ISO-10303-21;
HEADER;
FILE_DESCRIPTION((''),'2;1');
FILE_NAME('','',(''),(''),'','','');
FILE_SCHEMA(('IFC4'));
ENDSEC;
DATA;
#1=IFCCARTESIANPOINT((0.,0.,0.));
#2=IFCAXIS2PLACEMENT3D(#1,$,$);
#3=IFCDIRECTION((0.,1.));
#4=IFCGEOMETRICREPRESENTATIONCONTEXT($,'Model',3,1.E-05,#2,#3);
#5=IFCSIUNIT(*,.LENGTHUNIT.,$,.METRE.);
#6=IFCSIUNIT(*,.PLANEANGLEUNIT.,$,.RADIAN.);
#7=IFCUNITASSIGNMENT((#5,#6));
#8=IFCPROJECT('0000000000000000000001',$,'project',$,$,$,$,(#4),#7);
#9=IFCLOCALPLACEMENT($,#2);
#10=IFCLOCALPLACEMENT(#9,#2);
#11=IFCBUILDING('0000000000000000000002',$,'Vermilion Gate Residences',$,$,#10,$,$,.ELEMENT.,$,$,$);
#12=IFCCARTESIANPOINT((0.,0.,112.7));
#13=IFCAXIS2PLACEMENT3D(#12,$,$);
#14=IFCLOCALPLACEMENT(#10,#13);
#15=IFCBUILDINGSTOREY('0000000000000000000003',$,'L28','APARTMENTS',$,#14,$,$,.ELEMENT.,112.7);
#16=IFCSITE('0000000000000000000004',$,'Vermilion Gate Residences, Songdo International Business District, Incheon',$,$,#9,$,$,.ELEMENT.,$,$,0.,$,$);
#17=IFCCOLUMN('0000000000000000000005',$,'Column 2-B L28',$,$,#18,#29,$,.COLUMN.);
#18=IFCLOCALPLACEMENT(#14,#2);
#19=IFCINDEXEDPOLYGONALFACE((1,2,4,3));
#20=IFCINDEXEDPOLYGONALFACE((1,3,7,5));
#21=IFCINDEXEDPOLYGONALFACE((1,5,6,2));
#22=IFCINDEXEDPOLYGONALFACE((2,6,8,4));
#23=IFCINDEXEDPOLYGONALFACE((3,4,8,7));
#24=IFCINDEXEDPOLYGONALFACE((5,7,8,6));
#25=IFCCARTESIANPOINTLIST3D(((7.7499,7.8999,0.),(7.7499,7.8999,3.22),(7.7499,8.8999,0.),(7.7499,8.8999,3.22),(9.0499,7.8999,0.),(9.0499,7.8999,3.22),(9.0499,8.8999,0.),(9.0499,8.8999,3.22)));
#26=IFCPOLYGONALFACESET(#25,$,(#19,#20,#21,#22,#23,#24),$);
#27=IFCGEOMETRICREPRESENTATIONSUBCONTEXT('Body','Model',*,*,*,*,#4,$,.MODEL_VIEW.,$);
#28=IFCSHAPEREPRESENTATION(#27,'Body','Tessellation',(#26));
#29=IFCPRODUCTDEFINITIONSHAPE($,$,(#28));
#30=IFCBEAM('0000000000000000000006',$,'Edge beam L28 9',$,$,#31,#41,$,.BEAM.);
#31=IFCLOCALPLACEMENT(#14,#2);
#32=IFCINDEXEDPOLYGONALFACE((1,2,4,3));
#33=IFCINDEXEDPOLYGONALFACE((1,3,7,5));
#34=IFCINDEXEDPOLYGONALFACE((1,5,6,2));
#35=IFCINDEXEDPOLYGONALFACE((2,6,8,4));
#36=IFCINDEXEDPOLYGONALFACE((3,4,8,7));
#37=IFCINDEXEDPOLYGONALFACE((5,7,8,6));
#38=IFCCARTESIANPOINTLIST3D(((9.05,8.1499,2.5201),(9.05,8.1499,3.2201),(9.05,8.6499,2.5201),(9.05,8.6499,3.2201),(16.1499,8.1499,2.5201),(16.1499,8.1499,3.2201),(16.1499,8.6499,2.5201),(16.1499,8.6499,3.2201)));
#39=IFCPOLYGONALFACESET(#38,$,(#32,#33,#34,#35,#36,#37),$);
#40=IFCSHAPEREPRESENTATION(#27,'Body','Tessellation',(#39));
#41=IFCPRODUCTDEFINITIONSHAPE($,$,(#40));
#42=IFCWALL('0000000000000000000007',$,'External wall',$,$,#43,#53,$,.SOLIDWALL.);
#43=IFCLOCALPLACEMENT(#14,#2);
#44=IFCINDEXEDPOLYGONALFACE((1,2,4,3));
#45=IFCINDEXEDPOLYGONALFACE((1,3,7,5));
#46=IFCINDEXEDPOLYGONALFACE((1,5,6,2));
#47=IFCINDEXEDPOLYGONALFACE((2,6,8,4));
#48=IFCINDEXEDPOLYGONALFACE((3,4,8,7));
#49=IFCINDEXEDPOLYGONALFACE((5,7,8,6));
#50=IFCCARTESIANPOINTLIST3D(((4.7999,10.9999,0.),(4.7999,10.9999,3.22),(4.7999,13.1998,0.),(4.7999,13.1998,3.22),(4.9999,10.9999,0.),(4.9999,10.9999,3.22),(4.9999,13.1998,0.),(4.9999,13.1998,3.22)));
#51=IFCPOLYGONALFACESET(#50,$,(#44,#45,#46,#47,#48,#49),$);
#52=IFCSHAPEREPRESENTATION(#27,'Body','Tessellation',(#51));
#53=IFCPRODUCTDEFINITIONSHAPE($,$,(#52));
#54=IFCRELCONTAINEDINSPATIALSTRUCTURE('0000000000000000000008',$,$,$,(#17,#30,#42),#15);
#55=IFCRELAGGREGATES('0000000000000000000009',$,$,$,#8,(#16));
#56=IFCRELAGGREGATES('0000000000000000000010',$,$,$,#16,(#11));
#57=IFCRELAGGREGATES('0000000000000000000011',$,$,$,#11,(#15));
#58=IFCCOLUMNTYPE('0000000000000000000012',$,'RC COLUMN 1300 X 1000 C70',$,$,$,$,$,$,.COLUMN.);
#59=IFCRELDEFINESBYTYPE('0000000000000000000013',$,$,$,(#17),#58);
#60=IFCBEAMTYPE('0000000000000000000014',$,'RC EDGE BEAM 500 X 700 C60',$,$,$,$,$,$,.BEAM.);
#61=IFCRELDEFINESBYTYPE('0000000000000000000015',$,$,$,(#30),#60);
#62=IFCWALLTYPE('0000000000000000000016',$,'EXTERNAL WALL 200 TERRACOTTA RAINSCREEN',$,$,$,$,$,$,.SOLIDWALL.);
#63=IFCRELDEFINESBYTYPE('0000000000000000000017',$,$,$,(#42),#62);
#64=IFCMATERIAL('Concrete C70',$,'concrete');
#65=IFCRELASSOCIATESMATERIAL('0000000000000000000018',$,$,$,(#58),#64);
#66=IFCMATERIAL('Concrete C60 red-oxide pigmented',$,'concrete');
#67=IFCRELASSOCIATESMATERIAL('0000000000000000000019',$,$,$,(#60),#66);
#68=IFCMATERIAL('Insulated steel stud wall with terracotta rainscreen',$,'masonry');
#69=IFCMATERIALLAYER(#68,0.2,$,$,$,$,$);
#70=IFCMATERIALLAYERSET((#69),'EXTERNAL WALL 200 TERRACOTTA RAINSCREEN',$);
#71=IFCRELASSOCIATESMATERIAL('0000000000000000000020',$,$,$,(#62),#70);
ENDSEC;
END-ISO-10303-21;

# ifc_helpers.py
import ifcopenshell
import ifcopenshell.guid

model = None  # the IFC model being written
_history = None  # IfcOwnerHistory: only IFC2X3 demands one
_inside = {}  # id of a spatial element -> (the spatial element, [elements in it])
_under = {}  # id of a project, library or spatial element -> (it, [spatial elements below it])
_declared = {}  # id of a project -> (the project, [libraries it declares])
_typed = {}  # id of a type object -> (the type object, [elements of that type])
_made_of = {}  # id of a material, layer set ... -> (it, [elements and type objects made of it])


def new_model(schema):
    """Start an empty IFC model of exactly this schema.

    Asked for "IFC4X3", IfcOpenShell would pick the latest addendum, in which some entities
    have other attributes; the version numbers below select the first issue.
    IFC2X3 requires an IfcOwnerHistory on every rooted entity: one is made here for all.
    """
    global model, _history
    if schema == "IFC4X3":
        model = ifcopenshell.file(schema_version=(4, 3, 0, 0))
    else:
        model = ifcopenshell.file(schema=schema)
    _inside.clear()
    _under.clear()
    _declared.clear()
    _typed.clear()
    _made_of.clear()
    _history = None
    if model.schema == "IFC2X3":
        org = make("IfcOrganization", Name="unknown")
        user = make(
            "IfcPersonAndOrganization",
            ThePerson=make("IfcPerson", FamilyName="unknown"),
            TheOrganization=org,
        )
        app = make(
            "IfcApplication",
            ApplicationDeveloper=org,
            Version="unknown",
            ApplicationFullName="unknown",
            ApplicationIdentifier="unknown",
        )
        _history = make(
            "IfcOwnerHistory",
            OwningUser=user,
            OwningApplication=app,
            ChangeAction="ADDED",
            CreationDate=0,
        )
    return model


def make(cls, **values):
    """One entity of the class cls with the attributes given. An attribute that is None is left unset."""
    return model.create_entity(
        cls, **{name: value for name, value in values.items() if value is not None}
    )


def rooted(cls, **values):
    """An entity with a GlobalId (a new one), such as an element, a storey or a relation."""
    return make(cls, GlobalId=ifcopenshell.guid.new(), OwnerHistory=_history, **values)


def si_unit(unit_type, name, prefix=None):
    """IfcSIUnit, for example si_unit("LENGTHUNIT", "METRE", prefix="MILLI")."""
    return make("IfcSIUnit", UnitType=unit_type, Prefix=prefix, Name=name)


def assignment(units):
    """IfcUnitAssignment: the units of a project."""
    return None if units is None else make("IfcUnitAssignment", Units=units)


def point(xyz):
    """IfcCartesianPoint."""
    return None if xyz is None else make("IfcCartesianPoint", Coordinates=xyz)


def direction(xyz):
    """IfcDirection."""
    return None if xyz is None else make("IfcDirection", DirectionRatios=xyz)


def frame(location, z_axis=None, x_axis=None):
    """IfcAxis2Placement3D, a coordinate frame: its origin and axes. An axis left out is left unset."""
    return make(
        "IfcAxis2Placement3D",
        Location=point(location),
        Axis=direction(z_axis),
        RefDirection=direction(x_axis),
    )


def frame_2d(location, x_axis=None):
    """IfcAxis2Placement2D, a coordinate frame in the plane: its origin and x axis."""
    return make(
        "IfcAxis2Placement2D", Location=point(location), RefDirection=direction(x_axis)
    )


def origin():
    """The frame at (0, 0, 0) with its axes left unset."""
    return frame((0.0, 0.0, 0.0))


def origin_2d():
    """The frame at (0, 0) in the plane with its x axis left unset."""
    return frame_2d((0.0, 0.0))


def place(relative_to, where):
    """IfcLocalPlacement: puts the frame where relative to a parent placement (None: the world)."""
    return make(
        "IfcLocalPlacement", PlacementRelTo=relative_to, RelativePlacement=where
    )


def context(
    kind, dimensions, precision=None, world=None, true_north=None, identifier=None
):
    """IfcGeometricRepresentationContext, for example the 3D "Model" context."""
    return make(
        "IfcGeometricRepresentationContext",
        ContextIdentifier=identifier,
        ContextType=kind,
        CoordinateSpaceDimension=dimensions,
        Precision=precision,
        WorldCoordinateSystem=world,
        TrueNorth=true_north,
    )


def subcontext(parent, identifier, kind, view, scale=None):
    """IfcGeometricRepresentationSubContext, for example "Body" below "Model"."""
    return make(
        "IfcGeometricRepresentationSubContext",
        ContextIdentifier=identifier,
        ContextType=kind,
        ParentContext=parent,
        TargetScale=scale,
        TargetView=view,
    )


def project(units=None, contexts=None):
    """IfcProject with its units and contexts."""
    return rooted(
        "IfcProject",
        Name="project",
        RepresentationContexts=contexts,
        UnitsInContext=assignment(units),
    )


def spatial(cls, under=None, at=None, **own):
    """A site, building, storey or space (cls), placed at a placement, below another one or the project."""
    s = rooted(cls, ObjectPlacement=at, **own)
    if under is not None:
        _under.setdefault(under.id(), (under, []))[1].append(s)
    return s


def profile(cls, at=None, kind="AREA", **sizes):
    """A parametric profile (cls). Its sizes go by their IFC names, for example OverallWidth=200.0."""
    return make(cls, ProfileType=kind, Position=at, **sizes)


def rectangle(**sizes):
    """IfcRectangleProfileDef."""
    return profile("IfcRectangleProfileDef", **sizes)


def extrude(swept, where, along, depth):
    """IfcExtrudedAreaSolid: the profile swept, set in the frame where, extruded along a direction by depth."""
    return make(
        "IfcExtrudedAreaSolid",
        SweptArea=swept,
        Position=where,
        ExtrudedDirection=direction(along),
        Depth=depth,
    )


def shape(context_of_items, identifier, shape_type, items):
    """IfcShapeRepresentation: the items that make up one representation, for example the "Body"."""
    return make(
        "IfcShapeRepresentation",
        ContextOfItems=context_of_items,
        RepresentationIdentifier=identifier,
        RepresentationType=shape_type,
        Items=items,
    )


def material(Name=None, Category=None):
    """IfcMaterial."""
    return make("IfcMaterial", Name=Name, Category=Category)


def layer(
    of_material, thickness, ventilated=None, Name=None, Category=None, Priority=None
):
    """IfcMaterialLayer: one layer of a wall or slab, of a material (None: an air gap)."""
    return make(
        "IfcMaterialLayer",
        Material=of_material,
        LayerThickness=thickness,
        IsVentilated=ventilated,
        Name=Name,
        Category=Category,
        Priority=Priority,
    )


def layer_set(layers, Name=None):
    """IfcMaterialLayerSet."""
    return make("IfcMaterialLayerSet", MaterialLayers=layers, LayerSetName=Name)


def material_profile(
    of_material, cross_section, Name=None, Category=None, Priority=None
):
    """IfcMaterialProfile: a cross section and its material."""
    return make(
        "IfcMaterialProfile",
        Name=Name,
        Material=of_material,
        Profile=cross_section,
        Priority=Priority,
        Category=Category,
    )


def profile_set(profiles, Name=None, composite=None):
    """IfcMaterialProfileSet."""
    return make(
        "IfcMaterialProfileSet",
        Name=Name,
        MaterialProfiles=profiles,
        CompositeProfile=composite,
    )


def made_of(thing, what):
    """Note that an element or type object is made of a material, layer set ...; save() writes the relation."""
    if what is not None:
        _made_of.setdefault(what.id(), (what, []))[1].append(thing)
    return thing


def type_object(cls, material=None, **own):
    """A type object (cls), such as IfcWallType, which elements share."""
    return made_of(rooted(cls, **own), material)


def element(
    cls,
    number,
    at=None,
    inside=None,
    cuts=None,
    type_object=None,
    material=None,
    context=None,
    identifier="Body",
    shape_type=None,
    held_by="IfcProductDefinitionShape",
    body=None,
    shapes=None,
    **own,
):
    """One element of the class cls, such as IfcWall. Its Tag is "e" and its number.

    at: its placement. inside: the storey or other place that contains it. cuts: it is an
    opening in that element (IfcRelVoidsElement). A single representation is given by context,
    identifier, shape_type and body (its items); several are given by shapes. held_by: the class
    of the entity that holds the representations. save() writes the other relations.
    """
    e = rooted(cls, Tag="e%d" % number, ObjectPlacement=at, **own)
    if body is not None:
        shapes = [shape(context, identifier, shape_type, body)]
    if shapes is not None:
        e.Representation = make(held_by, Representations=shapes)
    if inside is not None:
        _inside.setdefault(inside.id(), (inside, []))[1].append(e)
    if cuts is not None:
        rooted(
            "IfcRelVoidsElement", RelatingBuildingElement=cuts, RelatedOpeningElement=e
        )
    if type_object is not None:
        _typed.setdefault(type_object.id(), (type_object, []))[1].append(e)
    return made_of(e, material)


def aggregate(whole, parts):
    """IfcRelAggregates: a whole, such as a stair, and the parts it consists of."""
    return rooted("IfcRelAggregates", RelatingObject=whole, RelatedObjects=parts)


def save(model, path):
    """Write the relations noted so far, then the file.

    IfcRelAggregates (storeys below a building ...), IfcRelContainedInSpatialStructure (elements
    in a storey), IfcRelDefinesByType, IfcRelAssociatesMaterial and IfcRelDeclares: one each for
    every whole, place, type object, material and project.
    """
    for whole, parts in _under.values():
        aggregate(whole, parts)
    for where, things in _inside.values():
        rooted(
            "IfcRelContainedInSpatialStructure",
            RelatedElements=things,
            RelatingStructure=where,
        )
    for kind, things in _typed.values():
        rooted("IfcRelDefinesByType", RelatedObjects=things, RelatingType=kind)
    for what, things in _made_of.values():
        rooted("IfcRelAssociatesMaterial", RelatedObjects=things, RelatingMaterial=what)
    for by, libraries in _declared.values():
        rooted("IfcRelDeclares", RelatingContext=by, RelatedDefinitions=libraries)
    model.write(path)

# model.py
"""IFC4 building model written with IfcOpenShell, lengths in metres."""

from ifc_helpers import new_model, si_unit, direction, frame, frame_2d, origin, origin_2d, place, context, subcontext, project, spatial, rectangle, extrude, material, layer, layer_set, material_profile, profile_set, type_object, element, save


model = new_model("IFC4")

# Units and contexts
model_context = context("Model", 3, precision=1e-05, world=origin(), true_north=direction((0.0, 1.0)))
body_context = subcontext(model_context, "Body", "Model", "MODEL_VIEW")
ifc_project = project(units=[si_unit("LENGTHUNIT", "METRE"), si_unit("PLANEANGLEUNIT", "RADIAN")], contexts=[model_context])

# Site, building, storey
site_placement = place(None, origin())
site = spatial("IfcSite", under=ifc_project, at=site_placement, Name="Vermilion Gate Residences, Songdo International Business District, Incheon", CompositionType="ELEMENT", RefElevation=0.0)
building_placement = place(site_placement, origin())
building = spatial("IfcBuilding", under=site, at=building_placement, Name="Vermilion Gate Residences", CompositionType="ELEMENT")
storey_placement = place(building_placement, frame((0.0, 0.0, 112.7)))
storey = spatial("IfcBuildingStorey", under=building, at=storey_placement, Name="L28", Description="APARTMENTS", CompositionType="ELEMENT", Elevation=112.7)

# Column
ifc_material_1 = material(Name="Concrete C70", Category="concrete")
ifc_material_profile_1 = material_profile(ifc_material_1, rectangle(XDim=1.3, YDim=1.0, at=origin_2d()), Name="RC-1300x1000")
ifc_profile_set_1 = profile_set([ifc_material_profile_1], Name="Concrete C70")
column_type = type_object("IfcColumnType", Name="RC COLUMN 1300 X 1000 C70", PredefinedType="COLUMN", material=ifc_profile_set_1)
column_placement = place(storey_placement, frame((8.3999, 8.3999, 0.0), z_axis=(0.0, 0.0, 1.0), x_axis=(1.0, 0.0, 0.0)))
element("IfcColumn", 1, at=column_placement, inside=storey, type_object=column_type, Name="Column 2-B L28", PredefinedType="COLUMN", context=body_context, shape_type="SweptSolid", body=[
    extrude(rectangle(XDim=1.3, YDim=1.0, at=origin_2d()), origin(), (0.0, 0.0, 1.0), 3.22),
])

# Beam
ifc_material_2 = material(Name="Concrete C60 red-oxide pigmented", Category="concrete")
ifc_material_profile_2 = material_profile(ifc_material_2, rectangle(XDim=0.5, YDim=0.7, at=origin_2d()), Name="RC-500x700")
ifc_profile_set_2 = profile_set([ifc_material_profile_2], Name="Concrete C60 red-oxide pigmented")
beam_type = type_object("IfcBeamType", Name="RC EDGE BEAM 500 X 700 C60", PredefinedType="BEAM", material=ifc_profile_set_2)
beam_placement = place(storey_placement, frame((9.05, 8.3999, 2.8701), z_axis=(1.0, 0.0, 0.0), x_axis=(0.0, 1.0, 0.0)))
element("IfcBeam", 2, at=beam_placement, inside=storey, type_object=beam_type, Name="Edge beam L28 9", PredefinedType="BEAM", context=body_context, shape_type="SweptSolid", body=[
    extrude(rectangle(XDim=0.5, YDim=0.7, at=origin_2d()), origin(), (0.0, 0.0, 1.0), 7.0999),
])

# Wall
ifc_material_3 = material(Name="Insulated steel stud wall with terracotta rainscreen", Category="masonry")
ifc_layer_1 = layer(ifc_material_3, 0.2)
ifc_layer_set_1 = layer_set([ifc_layer_1], Name="EXTERNAL WALL 200 TERRACOTTA RAINSCREEN")
wall_type_1 = type_object("IfcWallType", Name="EXTERNAL WALL 200 TERRACOTTA RAINSCREEN", PredefinedType="SOLIDWALL", material=ifc_layer_set_1)
wall_1_placement = place(storey_placement, frame((4.8999, 13.2, 0.0), z_axis=(0.0, 0.0, 1.0), x_axis=(0.0, -1.0, 0.0)))
element("IfcWall", 3, at=wall_1_placement, inside=storey, type_object=wall_type_1, Name="External wall", PredefinedType="SOLIDWALL", context=body_context, shape_type="SweptSolid", body=[
    extrude(rectangle(XDim=2.2, YDim=0.2, at=frame_2d((1.1001, 0.0))), origin(), (0.0, 0.0, 1.0), 3.22),
])

save(model, "model.ifc")
